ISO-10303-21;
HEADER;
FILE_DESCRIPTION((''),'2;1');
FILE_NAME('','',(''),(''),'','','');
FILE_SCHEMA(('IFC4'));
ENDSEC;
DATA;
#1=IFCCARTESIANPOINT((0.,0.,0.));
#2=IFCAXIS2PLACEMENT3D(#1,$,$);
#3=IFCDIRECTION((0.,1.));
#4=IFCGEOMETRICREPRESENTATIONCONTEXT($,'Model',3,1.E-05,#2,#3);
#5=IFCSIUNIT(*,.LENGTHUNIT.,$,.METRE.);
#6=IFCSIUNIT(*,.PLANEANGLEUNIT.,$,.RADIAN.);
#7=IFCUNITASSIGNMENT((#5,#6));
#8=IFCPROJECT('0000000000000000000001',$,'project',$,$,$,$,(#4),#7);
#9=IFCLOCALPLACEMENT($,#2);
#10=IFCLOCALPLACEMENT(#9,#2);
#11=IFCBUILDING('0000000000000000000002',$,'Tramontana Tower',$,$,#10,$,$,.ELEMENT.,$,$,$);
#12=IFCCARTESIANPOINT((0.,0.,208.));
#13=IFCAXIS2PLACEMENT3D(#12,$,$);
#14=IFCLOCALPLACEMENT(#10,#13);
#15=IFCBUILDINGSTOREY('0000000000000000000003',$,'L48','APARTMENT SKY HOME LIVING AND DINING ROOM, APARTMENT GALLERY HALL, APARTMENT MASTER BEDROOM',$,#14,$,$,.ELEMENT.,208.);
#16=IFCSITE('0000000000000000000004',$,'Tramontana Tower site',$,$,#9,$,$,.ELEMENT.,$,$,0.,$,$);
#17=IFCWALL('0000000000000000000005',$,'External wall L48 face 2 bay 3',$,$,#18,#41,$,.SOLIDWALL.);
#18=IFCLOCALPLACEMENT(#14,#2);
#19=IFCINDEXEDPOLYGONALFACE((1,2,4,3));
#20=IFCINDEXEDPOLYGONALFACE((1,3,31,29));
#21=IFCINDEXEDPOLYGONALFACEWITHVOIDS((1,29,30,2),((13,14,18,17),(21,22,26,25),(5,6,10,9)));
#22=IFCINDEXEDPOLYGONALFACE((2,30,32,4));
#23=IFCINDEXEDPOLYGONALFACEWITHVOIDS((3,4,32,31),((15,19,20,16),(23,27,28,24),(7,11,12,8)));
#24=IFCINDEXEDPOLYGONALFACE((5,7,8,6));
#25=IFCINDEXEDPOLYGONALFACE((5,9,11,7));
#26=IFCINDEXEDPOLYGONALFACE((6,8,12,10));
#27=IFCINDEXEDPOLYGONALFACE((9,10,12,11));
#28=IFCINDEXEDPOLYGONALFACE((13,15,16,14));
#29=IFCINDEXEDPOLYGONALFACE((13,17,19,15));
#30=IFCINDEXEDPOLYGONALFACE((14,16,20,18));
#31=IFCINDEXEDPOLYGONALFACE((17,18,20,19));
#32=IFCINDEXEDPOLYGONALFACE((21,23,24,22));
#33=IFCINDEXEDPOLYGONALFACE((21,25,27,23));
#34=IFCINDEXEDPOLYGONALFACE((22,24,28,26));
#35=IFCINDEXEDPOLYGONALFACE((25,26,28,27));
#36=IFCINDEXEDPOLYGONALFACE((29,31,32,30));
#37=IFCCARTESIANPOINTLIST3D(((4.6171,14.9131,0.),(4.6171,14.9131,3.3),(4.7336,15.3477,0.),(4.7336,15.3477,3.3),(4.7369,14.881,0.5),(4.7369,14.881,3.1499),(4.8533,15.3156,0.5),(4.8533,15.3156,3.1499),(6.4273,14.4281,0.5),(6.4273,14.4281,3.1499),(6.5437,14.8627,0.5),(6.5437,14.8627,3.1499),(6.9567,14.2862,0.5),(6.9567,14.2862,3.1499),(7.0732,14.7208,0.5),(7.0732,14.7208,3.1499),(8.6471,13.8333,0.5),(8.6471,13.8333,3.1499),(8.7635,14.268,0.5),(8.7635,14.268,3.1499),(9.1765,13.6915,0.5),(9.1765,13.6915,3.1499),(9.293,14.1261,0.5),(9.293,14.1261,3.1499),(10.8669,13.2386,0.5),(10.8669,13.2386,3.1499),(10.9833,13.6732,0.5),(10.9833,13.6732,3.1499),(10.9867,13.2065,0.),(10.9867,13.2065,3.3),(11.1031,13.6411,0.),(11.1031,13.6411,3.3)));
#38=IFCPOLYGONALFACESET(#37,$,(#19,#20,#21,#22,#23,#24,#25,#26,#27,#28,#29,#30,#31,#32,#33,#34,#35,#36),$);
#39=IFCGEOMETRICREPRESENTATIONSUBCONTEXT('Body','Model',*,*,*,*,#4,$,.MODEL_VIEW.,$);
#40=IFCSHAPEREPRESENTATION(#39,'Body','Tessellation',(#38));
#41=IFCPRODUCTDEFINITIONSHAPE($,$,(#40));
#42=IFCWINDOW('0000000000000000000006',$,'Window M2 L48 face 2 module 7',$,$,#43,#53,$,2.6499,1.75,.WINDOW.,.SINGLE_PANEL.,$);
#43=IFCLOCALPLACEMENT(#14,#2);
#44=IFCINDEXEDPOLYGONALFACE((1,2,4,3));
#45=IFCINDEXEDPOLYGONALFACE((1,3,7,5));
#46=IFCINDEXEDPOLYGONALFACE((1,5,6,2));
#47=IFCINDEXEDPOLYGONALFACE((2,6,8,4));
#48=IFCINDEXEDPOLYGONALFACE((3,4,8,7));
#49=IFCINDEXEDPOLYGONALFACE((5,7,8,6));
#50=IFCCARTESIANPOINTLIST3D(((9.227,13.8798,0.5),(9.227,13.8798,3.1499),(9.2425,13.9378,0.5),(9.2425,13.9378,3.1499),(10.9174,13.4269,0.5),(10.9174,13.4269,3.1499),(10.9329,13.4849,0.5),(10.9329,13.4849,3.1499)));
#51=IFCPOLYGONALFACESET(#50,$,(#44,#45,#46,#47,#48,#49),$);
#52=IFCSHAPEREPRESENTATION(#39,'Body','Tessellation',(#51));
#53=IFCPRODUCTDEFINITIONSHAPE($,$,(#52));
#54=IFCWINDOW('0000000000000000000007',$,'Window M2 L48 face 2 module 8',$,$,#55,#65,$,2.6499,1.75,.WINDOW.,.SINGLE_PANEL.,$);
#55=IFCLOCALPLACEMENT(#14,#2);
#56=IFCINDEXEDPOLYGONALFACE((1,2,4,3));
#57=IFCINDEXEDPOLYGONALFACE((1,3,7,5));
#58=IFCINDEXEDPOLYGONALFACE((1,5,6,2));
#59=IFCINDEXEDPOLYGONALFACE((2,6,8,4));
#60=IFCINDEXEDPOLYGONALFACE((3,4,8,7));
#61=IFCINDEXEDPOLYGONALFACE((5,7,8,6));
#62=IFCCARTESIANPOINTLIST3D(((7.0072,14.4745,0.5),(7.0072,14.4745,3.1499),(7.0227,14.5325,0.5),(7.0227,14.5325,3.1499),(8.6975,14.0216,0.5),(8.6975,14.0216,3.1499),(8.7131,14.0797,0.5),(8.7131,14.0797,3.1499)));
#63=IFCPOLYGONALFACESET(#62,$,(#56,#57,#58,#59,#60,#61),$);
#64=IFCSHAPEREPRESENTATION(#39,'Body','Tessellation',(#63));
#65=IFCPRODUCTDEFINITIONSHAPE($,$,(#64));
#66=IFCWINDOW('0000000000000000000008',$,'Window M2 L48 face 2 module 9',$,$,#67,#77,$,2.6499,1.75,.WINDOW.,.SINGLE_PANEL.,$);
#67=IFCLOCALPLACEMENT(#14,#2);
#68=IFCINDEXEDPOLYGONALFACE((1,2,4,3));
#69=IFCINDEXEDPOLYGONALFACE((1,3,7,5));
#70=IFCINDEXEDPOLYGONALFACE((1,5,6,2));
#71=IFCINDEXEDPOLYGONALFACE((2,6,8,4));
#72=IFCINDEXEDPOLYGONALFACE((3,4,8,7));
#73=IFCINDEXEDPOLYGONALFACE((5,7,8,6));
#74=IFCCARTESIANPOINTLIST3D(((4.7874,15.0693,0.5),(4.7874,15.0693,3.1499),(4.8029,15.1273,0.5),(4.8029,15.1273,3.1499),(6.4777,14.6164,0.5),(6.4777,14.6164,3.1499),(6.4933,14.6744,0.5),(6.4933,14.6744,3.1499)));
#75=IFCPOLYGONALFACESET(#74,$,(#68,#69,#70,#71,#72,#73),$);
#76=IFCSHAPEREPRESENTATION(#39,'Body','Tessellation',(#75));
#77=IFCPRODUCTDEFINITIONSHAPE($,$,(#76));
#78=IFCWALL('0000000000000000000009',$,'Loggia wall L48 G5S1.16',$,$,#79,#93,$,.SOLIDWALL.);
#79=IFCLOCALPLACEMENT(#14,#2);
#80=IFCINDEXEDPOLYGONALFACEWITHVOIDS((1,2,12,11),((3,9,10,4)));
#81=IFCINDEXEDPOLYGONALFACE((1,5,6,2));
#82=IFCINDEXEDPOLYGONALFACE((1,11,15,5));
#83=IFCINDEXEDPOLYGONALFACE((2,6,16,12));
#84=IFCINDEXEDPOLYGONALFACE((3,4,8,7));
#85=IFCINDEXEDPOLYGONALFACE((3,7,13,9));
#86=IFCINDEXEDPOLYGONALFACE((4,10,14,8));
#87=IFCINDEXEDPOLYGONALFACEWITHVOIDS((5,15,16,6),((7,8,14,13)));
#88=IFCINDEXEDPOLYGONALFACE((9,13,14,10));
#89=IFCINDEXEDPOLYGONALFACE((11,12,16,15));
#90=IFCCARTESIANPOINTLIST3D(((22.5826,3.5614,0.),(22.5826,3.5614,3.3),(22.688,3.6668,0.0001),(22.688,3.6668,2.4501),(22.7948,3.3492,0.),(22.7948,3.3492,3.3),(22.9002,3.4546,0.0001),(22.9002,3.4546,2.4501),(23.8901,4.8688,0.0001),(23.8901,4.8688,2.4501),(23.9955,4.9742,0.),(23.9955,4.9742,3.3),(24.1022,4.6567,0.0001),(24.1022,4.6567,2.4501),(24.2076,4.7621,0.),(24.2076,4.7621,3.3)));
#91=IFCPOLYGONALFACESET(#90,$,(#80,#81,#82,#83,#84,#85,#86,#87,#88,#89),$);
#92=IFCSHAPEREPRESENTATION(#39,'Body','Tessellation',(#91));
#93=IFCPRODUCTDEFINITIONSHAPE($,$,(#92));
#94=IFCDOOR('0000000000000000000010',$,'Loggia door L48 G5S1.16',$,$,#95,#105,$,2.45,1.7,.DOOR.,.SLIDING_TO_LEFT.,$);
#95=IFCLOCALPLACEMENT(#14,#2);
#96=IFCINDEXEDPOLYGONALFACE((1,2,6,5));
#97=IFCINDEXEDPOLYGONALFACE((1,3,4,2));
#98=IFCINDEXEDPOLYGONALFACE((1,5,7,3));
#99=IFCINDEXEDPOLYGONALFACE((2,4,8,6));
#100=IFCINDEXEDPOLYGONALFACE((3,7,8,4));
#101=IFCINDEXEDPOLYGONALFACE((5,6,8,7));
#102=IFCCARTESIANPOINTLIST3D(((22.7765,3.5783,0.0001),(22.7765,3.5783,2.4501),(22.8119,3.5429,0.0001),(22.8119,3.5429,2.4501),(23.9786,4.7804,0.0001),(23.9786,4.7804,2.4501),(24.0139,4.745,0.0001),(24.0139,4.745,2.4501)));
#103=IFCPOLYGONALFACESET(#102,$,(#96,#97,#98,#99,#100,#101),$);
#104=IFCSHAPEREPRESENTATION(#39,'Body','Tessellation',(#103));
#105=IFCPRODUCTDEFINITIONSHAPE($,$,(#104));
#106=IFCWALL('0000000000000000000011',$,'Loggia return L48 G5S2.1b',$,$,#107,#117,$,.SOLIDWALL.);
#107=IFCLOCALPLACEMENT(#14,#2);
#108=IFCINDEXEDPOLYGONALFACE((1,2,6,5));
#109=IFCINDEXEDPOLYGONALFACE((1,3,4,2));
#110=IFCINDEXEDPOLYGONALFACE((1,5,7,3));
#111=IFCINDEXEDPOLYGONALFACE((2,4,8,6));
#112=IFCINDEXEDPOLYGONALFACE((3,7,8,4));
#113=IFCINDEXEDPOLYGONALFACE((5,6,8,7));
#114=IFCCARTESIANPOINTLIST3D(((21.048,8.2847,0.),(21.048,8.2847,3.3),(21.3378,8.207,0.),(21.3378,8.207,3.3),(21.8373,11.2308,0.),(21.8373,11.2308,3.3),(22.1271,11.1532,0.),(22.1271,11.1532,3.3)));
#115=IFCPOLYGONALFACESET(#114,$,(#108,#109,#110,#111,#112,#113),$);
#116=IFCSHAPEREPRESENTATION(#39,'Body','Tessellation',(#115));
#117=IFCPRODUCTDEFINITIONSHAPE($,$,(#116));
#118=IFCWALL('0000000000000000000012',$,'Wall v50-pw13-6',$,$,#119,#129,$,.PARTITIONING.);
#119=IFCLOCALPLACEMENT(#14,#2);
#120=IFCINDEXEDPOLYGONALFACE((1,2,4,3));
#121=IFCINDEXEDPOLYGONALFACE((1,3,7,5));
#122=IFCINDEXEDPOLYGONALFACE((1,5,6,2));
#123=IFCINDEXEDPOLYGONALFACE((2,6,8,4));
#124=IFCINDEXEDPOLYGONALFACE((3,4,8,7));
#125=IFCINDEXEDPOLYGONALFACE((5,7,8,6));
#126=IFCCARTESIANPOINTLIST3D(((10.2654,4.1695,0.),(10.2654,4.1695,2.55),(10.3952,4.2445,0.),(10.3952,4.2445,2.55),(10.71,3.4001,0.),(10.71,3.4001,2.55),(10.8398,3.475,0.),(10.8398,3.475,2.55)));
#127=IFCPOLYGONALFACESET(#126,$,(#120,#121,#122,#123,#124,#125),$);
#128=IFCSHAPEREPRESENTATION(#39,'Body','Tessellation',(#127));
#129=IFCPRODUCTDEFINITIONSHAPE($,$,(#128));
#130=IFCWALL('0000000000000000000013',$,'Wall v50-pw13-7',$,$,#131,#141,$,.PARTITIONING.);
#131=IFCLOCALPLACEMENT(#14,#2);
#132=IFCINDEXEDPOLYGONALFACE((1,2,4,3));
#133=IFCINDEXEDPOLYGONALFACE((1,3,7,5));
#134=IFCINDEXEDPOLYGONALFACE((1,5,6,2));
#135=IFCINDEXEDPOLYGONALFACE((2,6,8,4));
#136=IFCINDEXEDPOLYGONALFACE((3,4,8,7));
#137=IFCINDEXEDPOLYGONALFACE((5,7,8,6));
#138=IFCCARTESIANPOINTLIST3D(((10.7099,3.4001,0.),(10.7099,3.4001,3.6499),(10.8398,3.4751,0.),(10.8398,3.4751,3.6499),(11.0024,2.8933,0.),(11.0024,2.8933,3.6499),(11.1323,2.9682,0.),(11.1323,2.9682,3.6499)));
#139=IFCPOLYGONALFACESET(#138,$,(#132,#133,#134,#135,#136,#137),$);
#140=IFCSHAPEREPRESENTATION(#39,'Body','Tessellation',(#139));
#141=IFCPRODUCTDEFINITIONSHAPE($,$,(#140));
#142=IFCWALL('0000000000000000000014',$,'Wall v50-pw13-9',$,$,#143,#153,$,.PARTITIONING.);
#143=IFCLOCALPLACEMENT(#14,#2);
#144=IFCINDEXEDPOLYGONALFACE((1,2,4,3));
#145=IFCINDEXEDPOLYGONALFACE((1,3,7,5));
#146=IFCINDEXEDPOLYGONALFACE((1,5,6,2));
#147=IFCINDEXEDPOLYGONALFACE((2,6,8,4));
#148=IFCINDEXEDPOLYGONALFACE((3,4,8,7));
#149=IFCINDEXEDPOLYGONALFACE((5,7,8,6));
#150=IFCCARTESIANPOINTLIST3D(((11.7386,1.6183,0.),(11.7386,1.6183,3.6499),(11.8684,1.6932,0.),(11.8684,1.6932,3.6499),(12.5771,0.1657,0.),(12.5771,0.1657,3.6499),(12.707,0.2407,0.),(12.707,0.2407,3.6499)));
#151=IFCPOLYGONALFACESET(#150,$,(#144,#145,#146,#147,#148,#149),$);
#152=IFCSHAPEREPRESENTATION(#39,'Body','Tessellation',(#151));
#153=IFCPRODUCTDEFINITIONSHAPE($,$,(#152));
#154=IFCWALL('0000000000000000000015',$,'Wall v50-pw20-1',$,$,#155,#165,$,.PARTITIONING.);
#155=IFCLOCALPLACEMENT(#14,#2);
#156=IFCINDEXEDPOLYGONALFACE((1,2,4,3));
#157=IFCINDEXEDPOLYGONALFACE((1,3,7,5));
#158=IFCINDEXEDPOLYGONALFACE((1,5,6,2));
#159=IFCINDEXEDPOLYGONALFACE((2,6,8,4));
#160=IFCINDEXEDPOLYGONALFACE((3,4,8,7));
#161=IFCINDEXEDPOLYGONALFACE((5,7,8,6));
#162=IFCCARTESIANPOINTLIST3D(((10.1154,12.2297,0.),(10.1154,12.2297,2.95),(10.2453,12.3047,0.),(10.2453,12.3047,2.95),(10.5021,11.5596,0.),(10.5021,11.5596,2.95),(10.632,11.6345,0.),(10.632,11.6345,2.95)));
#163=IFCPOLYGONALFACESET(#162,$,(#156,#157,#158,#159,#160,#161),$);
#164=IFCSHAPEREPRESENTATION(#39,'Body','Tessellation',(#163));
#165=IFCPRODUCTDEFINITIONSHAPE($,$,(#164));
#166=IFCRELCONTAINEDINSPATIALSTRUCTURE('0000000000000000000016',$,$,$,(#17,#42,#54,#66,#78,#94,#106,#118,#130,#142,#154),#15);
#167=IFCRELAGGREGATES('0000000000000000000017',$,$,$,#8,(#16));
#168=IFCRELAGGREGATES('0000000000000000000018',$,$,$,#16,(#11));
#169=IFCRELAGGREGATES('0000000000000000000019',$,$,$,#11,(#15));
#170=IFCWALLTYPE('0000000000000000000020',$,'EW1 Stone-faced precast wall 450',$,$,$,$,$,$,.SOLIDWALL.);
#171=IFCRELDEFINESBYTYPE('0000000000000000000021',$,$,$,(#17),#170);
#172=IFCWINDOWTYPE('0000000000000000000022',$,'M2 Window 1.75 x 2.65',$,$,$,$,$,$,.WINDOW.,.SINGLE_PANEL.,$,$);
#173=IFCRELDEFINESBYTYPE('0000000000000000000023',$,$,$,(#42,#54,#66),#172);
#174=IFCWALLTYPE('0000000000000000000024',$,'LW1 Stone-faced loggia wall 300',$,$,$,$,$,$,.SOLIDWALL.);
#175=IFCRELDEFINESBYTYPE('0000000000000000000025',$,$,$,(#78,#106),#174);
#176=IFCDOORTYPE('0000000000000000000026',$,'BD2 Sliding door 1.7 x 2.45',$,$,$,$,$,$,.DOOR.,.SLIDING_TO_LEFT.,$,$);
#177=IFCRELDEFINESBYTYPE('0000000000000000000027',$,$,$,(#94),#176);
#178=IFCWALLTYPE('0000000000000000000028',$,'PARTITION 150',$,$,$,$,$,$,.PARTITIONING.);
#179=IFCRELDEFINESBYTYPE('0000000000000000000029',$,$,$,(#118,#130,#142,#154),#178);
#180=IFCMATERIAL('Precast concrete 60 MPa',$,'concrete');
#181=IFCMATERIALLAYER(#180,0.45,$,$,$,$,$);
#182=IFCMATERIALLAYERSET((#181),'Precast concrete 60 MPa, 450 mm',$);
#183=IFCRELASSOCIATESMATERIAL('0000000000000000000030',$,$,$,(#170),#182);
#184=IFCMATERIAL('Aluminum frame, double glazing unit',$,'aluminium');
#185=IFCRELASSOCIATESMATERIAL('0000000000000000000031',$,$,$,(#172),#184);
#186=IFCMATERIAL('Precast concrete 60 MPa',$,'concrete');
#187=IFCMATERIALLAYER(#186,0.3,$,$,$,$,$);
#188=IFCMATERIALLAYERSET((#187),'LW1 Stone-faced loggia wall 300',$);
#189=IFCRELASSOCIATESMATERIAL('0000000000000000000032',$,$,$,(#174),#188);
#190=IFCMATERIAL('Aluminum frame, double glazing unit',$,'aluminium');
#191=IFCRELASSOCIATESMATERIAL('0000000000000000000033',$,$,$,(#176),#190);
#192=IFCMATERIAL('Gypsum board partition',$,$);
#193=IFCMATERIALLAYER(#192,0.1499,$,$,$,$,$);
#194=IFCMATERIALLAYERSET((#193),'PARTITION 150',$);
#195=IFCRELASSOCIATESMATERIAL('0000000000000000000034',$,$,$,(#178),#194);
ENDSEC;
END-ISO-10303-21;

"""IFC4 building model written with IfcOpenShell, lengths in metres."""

from ifc_helpers import new_model, si_unit, direction, frame, frame_2d, origin, place, context, subcontext, project, spatial, rectangle, extrude, material, layer, layer_set, type_object, element, fill, save


model = new_model("IFC4")

# Units and contexts
model_context = context("Model", 3, precision=1e-05, world=origin(), true_north=direction((0.0, 1.0)))
body_context = subcontext(model_context, "Body", "Model", "MODEL_VIEW")
ifc_project = project(units=[si_unit("LENGTHUNIT", "METRE"), si_unit("PLANEANGLEUNIT", "RADIAN")], contexts=[model_context])

# Site, building, storey
site_placement = place(None, origin())
site = spatial("IfcSite", under=ifc_project, at=site_placement, Name="Tramontana Tower site", CompositionType="ELEMENT", RefElevation=0.0)
building_placement = place(site_placement, origin())
building = spatial("IfcBuilding", under=site, at=building_placement, Name="Tramontana Tower", CompositionType="ELEMENT")
storey_placement = place(building_placement, frame((0.0, 0.0, 208.0)))
storey = spatial("IfcBuildingStorey", under=building, at=storey_placement, Name="L48", Description="APARTMENT SKY HOME LIVING AND DINING ROOM, APARTMENT GALLERY HALL, APARTMENT MASTER BEDROOM", CompositionType="ELEMENT", Elevation=208.0)

# Shared definitions
ifc_material_1 = material(Name="Precast concrete 60 MPa", Category="concrete")
ifc_layer_1 = layer(ifc_material_1, 0.45)
ifc_layer_set_1 = layer_set([ifc_layer_1], Name="Precast concrete 60 MPa, 450 mm")
wall_type_1 = type_object("IfcWallType", Name="EW1 Stone-faced precast wall 450", PredefinedType="SOLIDWALL", material=ifc_layer_set_1)
ifc_material_2 = material(Name="Aluminum frame, double glazing unit", Category="aluminium")
window_type_1 = type_object("IfcWindowType", Name="M2 Window 1.75 x 2.65", PartitioningType="SINGLE_PANEL", PredefinedType="WINDOW", material=ifc_material_2)

# Wall, openings, windows
wall_1_placement = place(storey_placement, frame((11.0449, 13.4238, 0.0), z_axis=(0.0, 0.0, 1.0), x_axis=(-0.965933, 0.258792, 0.0)))
wall_1 = element("IfcWall", 1, at=wall_1_placement, inside=storey, type_object=wall_type_1, Name="External wall L48 face 2 bay 3", PredefinedType="SOLIDWALL", context=body_context, shape_type="SweptSolid", body=[
    extrude(rectangle(XDim=6.5942, YDim=0.45, at=frame_2d((3.2971, 0.0))), origin(), (0.0, 0.0, 1.0), 3.3),
])
opening_1_placement = place(wall_1_placement, frame((0.124, 0.0, 0.5)))
opening_1 = element("IfcOpeningElement", 2, at=opening_1_placement, cuts=wall_1, PredefinedType="OPENING", context=body_context, shape_type="SweptSolid", body=[
    extrude(rectangle(XDim=1.75, YDim=2.6499, at=frame_2d((0.875, 1.325))), frame((0.0, 0.2349, 0.0), z_axis=(0.0, -1.0, 0.0), x_axis=(1.0, 0.0, 0.0)), (0.0, 0.0, 1.0), 0.47),
])
opening_2_placement = place(wall_1_placement, frame((2.4221, 0.0, 0.5)))
opening_2 = element("IfcOpeningElement", 3, at=opening_2_placement, cuts=wall_1, PredefinedType="OPENING", context=body_context, shape_type="SweptSolid", body=[
    extrude(rectangle(XDim=1.75, YDim=2.6499, at=frame_2d((0.875, 1.325))), frame((0.0, 0.2349, 0.0), z_axis=(0.0, -1.0, 0.0), x_axis=(1.0, 0.0, 0.0)), (0.0, 0.0, 1.0), 0.47),
])
opening_3_placement = place(wall_1_placement, frame((4.7202, 0.0, 0.5)))
opening_3 = element("IfcOpeningElement", 4, at=opening_3_placement, cuts=wall_1, PredefinedType="OPENING", context=body_context, shape_type="SweptSolid", body=[
    extrude(rectangle(XDim=1.75, YDim=2.6499, at=frame_2d((0.875, 1.325))), frame((0.0, 0.2349, 0.0), z_axis=(0.0, -1.0, 0.0), x_axis=(1.0, 0.0, 0.0)), (0.0, 0.0, 1.0), 0.47),
])
window_1_placement = place(opening_1_placement, origin())
window_1 = element("IfcWindow", 5, at=window_1_placement, inside=storey, type_object=window_type_1, Name="Window M2 L48 face 2 module 7", OverallHeight=2.6499, OverallWidth=1.75, PartitioningType="SINGLE_PANEL", PredefinedType="WINDOW", context=body_context, shape_type="SweptSolid", body=[
    extrude(rectangle(XDim=1.75, YDim=2.6499, at=frame_2d((0.875, 1.325))), frame((0.0, 0.03, 0.0), z_axis=(0.0, -1.0, 0.0), x_axis=(1.0, 0.0, 0.0)), (0.0, 0.0, 1.0), 0.0601),
])
fill(opening_1, window_1)
window_2_placement = place(opening_2_placement, origin())
window_2 = element("IfcWindow", 6, at=window_2_placement, inside=storey, type_object=window_type_1, Name="Window M2 L48 face 2 module 8", OverallHeight=2.6499, OverallWidth=1.75, PartitioningType="SINGLE_PANEL", PredefinedType="WINDOW", context=body_context, shape_type="SweptSolid", body=[
    extrude(rectangle(XDim=1.75, YDim=2.6499, at=frame_2d((0.875, 1.325))), frame((0.0, 0.03, 0.0), z_axis=(0.0, -1.0, 0.0), x_axis=(1.0, 0.0, 0.0)), (0.0, 0.0, 1.0), 0.0601),
])
fill(opening_2, window_2)
window_3_placement = place(opening_3_placement, origin())
window_3 = element("IfcWindow", 7, at=window_3_placement, inside=storey, type_object=window_type_1, Name="Window M2 L48 face 2 module 9", OverallHeight=2.6499, OverallWidth=1.75, PartitioningType="SINGLE_PANEL", PredefinedType="WINDOW", context=body_context, shape_type="SweptSolid", body=[
    extrude(rectangle(XDim=1.75, YDim=2.6499, at=frame_2d((0.875, 1.325))), frame((0.0, 0.03, 0.0), z_axis=(0.0, -1.0, 0.0), x_axis=(1.0, 0.0, 0.0)), (0.0, 0.0, 1.0), 0.0601),
])
fill(opening_3, window_3)

# Wall, opening, door
ifc_material_3 = material(Name="Precast concrete 60 MPa", Category="concrete")
ifc_layer_2 = layer(ifc_material_3, 0.3)
ifc_layer_set_2 = layer_set([ifc_layer_2], Name="LW1 Stone-faced loggia wall 300")
wall_type_2 = type_object("IfcWallType", Name="LW1 Stone-faced loggia wall 300", PredefinedType="SOLIDWALL", material=ifc_layer_set_2)
wall_2_placement = place(storey_placement, frame((22.6887, 3.4553, 0.0), z_axis=(0.0, 0.0, 1.0), x_axis=(0.707107, 0.707107, 0.0)))
wall_2 = element("IfcWall", 8, at=wall_2_placement, inside=storey, type_object=wall_type_2, Name="Loggia wall L48 G5S1.16", PredefinedType="SOLIDWALL", context=body_context, shape_type="SweptSolid", body=[
    extrude(rectangle(XDim=1.998, YDim=0.3, at=frame_2d((0.999, 0.0))), origin(), (0.0, 0.0, 1.0), 3.3),
])
opening_4_placement = place(wall_2_placement, frame((0.1489, 0.0, 0.0)))
opening_4 = element("IfcOpeningElement", 9, at=opening_4_placement, cuts=wall_2, PredefinedType="OPENING", context=body_context, shape_type="SweptSolid", body=[
    extrude(rectangle(XDim=1.7, YDim=2.45, at=frame_2d((0.8501, 1.2251))), frame((0.0, 0.1599, 0.0), z_axis=(0.0, -1.0, 0.0), x_axis=(1.0, 0.0, 0.0)), (0.0, 0.0, 1.0), 0.3201),
])
ifc_material_4 = material(Name="Aluminum frame, double glazing unit", Category="aluminium")
door_type_1 = type_object("IfcDoorType", Name="BD2 Sliding door 1.7 x 2.45", OperationType="SLIDING_TO_LEFT", PredefinedType="DOOR", material=ifc_material_4)
door_1_placement = place(opening_4_placement, origin())
door_1 = element("IfcDoor", 10, at=door_1_placement, inside=storey, type_object=door_type_1, Name="Loggia door L48 G5S1.16", OperationType="SLIDING_TO_LEFT", OverallHeight=2.45, OverallWidth=1.7, PredefinedType="DOOR", context=body_context, shape_type="SweptSolid", body=[
    extrude(rectangle(XDim=1.7, YDim=2.45, at=frame_2d((0.8501, 1.2251))), frame((0.0, 0.0249, 0.0), z_axis=(0.0, -1.0, 0.0), x_axis=(1.0, 0.0, 0.0)), (0.0, 0.0, 1.0), 0.05),
])
fill(opening_4, door_1)

# Walls
wall_3_placement = place(storey_placement, frame((21.9822, 11.1919, 0.0), z_axis=(0.0, 0.0, 1.0), x_axis=(-0.258793, -0.965933, 0.0)))
element("IfcWall", 11, at=wall_3_placement, inside=storey, type_object=wall_type_2, Name="Loggia return L48 G5S2.1b", PredefinedType="SOLIDWALL", context=body_context, shape_type="SweptSolid", body=[
    extrude(rectangle(XDim=3.05, YDim=0.3, at=frame_2d((1.5249, 0.0))), origin(), (0.0, 0.0, 1.0), 3.3),
])
ifc_material_5 = material(Name="Gypsum board partition")
ifc_layer_3 = layer(ifc_material_5, 0.1499)
ifc_layer_set_3 = layer_set([ifc_layer_3], Name="PARTITION 150")
wall_type_3 = type_object("IfcWallType", Name="PARTITION 150", PredefinedType="PARTITIONING", material=ifc_layer_set_3)
wall_4_placement = place(storey_placement, frame((10.3303, 4.207, 0.0), z_axis=(0.0, 0.0, 1.0), x_axis=(0.500246, -0.865884, 0.0)))
element("IfcWall", 12, at=wall_4_placement, inside=storey, type_object=wall_type_3, Name="Wall v50-pw13-6", PredefinedType="PARTITIONING", context=body_context, shape_type="SweptSolid", body=[
    extrude(rectangle(XDim=0.8887, YDim=0.1499, at=frame_2d((0.4443, 0.0))), origin(), (0.0, 0.0, 1.0), 2.55),
])
wall_5_placement = place(storey_placement, frame((10.7749, 3.4375, 0.0), z_axis=(0.0, 0.0, 1.0), x_axis=(0.499819, -0.86613, 0.0)))
element("IfcWall", 13, at=wall_5_placement, inside=storey, type_object=wall_type_3, Name="Wall v50-pw13-7", PredefinedType="PARTITIONING", context=body_context, shape_type="SweptSolid", body=[
    extrude(rectangle(XDim=0.5852, YDim=0.1499, at=frame_2d((0.2925, 0.0))), origin(), (0.0, 0.0, 1.0), 3.6499),
])

# Walls
wall_6_placement = place(storey_placement, frame((11.8035, 1.6558, 0.0), z_axis=(0.0, 0.0, 1.0), x_axis=(0.499974, -0.86604, 0.0)))
element("IfcWall", 14, at=wall_6_placement, inside=storey, type_object=wall_type_3, Name="Wall v50-pw13-9", PredefinedType="PARTITIONING", context=body_context, shape_type="SweptSolid", body=[
    extrude(rectangle(XDim=1.6772, YDim=0.1499, at=frame_2d((0.8386, 0.0))), origin(), (0.0, 0.0, 1.0), 3.6499),
])
wall_7_placement = place(storey_placement, frame((10.1804, 12.2671, 0.0), z_axis=(0.0, 0.0, 1.0), x_axis=(0.499804, -0.866138, 0.0)))
element("IfcWall", 15, at=wall_7_placement, inside=storey, type_object=wall_type_3, Name="Wall v50-pw20-1", PredefinedType="PARTITIONING", context=body_context, shape_type="SweptSolid", body=[
    extrude(rectangle(XDim=0.7737, YDim=0.1499, at=frame_2d((0.3867, 0.0))), origin(), (0.0, 0.0, 1.0), 2.95),
])

save(model, "model.ifc")
